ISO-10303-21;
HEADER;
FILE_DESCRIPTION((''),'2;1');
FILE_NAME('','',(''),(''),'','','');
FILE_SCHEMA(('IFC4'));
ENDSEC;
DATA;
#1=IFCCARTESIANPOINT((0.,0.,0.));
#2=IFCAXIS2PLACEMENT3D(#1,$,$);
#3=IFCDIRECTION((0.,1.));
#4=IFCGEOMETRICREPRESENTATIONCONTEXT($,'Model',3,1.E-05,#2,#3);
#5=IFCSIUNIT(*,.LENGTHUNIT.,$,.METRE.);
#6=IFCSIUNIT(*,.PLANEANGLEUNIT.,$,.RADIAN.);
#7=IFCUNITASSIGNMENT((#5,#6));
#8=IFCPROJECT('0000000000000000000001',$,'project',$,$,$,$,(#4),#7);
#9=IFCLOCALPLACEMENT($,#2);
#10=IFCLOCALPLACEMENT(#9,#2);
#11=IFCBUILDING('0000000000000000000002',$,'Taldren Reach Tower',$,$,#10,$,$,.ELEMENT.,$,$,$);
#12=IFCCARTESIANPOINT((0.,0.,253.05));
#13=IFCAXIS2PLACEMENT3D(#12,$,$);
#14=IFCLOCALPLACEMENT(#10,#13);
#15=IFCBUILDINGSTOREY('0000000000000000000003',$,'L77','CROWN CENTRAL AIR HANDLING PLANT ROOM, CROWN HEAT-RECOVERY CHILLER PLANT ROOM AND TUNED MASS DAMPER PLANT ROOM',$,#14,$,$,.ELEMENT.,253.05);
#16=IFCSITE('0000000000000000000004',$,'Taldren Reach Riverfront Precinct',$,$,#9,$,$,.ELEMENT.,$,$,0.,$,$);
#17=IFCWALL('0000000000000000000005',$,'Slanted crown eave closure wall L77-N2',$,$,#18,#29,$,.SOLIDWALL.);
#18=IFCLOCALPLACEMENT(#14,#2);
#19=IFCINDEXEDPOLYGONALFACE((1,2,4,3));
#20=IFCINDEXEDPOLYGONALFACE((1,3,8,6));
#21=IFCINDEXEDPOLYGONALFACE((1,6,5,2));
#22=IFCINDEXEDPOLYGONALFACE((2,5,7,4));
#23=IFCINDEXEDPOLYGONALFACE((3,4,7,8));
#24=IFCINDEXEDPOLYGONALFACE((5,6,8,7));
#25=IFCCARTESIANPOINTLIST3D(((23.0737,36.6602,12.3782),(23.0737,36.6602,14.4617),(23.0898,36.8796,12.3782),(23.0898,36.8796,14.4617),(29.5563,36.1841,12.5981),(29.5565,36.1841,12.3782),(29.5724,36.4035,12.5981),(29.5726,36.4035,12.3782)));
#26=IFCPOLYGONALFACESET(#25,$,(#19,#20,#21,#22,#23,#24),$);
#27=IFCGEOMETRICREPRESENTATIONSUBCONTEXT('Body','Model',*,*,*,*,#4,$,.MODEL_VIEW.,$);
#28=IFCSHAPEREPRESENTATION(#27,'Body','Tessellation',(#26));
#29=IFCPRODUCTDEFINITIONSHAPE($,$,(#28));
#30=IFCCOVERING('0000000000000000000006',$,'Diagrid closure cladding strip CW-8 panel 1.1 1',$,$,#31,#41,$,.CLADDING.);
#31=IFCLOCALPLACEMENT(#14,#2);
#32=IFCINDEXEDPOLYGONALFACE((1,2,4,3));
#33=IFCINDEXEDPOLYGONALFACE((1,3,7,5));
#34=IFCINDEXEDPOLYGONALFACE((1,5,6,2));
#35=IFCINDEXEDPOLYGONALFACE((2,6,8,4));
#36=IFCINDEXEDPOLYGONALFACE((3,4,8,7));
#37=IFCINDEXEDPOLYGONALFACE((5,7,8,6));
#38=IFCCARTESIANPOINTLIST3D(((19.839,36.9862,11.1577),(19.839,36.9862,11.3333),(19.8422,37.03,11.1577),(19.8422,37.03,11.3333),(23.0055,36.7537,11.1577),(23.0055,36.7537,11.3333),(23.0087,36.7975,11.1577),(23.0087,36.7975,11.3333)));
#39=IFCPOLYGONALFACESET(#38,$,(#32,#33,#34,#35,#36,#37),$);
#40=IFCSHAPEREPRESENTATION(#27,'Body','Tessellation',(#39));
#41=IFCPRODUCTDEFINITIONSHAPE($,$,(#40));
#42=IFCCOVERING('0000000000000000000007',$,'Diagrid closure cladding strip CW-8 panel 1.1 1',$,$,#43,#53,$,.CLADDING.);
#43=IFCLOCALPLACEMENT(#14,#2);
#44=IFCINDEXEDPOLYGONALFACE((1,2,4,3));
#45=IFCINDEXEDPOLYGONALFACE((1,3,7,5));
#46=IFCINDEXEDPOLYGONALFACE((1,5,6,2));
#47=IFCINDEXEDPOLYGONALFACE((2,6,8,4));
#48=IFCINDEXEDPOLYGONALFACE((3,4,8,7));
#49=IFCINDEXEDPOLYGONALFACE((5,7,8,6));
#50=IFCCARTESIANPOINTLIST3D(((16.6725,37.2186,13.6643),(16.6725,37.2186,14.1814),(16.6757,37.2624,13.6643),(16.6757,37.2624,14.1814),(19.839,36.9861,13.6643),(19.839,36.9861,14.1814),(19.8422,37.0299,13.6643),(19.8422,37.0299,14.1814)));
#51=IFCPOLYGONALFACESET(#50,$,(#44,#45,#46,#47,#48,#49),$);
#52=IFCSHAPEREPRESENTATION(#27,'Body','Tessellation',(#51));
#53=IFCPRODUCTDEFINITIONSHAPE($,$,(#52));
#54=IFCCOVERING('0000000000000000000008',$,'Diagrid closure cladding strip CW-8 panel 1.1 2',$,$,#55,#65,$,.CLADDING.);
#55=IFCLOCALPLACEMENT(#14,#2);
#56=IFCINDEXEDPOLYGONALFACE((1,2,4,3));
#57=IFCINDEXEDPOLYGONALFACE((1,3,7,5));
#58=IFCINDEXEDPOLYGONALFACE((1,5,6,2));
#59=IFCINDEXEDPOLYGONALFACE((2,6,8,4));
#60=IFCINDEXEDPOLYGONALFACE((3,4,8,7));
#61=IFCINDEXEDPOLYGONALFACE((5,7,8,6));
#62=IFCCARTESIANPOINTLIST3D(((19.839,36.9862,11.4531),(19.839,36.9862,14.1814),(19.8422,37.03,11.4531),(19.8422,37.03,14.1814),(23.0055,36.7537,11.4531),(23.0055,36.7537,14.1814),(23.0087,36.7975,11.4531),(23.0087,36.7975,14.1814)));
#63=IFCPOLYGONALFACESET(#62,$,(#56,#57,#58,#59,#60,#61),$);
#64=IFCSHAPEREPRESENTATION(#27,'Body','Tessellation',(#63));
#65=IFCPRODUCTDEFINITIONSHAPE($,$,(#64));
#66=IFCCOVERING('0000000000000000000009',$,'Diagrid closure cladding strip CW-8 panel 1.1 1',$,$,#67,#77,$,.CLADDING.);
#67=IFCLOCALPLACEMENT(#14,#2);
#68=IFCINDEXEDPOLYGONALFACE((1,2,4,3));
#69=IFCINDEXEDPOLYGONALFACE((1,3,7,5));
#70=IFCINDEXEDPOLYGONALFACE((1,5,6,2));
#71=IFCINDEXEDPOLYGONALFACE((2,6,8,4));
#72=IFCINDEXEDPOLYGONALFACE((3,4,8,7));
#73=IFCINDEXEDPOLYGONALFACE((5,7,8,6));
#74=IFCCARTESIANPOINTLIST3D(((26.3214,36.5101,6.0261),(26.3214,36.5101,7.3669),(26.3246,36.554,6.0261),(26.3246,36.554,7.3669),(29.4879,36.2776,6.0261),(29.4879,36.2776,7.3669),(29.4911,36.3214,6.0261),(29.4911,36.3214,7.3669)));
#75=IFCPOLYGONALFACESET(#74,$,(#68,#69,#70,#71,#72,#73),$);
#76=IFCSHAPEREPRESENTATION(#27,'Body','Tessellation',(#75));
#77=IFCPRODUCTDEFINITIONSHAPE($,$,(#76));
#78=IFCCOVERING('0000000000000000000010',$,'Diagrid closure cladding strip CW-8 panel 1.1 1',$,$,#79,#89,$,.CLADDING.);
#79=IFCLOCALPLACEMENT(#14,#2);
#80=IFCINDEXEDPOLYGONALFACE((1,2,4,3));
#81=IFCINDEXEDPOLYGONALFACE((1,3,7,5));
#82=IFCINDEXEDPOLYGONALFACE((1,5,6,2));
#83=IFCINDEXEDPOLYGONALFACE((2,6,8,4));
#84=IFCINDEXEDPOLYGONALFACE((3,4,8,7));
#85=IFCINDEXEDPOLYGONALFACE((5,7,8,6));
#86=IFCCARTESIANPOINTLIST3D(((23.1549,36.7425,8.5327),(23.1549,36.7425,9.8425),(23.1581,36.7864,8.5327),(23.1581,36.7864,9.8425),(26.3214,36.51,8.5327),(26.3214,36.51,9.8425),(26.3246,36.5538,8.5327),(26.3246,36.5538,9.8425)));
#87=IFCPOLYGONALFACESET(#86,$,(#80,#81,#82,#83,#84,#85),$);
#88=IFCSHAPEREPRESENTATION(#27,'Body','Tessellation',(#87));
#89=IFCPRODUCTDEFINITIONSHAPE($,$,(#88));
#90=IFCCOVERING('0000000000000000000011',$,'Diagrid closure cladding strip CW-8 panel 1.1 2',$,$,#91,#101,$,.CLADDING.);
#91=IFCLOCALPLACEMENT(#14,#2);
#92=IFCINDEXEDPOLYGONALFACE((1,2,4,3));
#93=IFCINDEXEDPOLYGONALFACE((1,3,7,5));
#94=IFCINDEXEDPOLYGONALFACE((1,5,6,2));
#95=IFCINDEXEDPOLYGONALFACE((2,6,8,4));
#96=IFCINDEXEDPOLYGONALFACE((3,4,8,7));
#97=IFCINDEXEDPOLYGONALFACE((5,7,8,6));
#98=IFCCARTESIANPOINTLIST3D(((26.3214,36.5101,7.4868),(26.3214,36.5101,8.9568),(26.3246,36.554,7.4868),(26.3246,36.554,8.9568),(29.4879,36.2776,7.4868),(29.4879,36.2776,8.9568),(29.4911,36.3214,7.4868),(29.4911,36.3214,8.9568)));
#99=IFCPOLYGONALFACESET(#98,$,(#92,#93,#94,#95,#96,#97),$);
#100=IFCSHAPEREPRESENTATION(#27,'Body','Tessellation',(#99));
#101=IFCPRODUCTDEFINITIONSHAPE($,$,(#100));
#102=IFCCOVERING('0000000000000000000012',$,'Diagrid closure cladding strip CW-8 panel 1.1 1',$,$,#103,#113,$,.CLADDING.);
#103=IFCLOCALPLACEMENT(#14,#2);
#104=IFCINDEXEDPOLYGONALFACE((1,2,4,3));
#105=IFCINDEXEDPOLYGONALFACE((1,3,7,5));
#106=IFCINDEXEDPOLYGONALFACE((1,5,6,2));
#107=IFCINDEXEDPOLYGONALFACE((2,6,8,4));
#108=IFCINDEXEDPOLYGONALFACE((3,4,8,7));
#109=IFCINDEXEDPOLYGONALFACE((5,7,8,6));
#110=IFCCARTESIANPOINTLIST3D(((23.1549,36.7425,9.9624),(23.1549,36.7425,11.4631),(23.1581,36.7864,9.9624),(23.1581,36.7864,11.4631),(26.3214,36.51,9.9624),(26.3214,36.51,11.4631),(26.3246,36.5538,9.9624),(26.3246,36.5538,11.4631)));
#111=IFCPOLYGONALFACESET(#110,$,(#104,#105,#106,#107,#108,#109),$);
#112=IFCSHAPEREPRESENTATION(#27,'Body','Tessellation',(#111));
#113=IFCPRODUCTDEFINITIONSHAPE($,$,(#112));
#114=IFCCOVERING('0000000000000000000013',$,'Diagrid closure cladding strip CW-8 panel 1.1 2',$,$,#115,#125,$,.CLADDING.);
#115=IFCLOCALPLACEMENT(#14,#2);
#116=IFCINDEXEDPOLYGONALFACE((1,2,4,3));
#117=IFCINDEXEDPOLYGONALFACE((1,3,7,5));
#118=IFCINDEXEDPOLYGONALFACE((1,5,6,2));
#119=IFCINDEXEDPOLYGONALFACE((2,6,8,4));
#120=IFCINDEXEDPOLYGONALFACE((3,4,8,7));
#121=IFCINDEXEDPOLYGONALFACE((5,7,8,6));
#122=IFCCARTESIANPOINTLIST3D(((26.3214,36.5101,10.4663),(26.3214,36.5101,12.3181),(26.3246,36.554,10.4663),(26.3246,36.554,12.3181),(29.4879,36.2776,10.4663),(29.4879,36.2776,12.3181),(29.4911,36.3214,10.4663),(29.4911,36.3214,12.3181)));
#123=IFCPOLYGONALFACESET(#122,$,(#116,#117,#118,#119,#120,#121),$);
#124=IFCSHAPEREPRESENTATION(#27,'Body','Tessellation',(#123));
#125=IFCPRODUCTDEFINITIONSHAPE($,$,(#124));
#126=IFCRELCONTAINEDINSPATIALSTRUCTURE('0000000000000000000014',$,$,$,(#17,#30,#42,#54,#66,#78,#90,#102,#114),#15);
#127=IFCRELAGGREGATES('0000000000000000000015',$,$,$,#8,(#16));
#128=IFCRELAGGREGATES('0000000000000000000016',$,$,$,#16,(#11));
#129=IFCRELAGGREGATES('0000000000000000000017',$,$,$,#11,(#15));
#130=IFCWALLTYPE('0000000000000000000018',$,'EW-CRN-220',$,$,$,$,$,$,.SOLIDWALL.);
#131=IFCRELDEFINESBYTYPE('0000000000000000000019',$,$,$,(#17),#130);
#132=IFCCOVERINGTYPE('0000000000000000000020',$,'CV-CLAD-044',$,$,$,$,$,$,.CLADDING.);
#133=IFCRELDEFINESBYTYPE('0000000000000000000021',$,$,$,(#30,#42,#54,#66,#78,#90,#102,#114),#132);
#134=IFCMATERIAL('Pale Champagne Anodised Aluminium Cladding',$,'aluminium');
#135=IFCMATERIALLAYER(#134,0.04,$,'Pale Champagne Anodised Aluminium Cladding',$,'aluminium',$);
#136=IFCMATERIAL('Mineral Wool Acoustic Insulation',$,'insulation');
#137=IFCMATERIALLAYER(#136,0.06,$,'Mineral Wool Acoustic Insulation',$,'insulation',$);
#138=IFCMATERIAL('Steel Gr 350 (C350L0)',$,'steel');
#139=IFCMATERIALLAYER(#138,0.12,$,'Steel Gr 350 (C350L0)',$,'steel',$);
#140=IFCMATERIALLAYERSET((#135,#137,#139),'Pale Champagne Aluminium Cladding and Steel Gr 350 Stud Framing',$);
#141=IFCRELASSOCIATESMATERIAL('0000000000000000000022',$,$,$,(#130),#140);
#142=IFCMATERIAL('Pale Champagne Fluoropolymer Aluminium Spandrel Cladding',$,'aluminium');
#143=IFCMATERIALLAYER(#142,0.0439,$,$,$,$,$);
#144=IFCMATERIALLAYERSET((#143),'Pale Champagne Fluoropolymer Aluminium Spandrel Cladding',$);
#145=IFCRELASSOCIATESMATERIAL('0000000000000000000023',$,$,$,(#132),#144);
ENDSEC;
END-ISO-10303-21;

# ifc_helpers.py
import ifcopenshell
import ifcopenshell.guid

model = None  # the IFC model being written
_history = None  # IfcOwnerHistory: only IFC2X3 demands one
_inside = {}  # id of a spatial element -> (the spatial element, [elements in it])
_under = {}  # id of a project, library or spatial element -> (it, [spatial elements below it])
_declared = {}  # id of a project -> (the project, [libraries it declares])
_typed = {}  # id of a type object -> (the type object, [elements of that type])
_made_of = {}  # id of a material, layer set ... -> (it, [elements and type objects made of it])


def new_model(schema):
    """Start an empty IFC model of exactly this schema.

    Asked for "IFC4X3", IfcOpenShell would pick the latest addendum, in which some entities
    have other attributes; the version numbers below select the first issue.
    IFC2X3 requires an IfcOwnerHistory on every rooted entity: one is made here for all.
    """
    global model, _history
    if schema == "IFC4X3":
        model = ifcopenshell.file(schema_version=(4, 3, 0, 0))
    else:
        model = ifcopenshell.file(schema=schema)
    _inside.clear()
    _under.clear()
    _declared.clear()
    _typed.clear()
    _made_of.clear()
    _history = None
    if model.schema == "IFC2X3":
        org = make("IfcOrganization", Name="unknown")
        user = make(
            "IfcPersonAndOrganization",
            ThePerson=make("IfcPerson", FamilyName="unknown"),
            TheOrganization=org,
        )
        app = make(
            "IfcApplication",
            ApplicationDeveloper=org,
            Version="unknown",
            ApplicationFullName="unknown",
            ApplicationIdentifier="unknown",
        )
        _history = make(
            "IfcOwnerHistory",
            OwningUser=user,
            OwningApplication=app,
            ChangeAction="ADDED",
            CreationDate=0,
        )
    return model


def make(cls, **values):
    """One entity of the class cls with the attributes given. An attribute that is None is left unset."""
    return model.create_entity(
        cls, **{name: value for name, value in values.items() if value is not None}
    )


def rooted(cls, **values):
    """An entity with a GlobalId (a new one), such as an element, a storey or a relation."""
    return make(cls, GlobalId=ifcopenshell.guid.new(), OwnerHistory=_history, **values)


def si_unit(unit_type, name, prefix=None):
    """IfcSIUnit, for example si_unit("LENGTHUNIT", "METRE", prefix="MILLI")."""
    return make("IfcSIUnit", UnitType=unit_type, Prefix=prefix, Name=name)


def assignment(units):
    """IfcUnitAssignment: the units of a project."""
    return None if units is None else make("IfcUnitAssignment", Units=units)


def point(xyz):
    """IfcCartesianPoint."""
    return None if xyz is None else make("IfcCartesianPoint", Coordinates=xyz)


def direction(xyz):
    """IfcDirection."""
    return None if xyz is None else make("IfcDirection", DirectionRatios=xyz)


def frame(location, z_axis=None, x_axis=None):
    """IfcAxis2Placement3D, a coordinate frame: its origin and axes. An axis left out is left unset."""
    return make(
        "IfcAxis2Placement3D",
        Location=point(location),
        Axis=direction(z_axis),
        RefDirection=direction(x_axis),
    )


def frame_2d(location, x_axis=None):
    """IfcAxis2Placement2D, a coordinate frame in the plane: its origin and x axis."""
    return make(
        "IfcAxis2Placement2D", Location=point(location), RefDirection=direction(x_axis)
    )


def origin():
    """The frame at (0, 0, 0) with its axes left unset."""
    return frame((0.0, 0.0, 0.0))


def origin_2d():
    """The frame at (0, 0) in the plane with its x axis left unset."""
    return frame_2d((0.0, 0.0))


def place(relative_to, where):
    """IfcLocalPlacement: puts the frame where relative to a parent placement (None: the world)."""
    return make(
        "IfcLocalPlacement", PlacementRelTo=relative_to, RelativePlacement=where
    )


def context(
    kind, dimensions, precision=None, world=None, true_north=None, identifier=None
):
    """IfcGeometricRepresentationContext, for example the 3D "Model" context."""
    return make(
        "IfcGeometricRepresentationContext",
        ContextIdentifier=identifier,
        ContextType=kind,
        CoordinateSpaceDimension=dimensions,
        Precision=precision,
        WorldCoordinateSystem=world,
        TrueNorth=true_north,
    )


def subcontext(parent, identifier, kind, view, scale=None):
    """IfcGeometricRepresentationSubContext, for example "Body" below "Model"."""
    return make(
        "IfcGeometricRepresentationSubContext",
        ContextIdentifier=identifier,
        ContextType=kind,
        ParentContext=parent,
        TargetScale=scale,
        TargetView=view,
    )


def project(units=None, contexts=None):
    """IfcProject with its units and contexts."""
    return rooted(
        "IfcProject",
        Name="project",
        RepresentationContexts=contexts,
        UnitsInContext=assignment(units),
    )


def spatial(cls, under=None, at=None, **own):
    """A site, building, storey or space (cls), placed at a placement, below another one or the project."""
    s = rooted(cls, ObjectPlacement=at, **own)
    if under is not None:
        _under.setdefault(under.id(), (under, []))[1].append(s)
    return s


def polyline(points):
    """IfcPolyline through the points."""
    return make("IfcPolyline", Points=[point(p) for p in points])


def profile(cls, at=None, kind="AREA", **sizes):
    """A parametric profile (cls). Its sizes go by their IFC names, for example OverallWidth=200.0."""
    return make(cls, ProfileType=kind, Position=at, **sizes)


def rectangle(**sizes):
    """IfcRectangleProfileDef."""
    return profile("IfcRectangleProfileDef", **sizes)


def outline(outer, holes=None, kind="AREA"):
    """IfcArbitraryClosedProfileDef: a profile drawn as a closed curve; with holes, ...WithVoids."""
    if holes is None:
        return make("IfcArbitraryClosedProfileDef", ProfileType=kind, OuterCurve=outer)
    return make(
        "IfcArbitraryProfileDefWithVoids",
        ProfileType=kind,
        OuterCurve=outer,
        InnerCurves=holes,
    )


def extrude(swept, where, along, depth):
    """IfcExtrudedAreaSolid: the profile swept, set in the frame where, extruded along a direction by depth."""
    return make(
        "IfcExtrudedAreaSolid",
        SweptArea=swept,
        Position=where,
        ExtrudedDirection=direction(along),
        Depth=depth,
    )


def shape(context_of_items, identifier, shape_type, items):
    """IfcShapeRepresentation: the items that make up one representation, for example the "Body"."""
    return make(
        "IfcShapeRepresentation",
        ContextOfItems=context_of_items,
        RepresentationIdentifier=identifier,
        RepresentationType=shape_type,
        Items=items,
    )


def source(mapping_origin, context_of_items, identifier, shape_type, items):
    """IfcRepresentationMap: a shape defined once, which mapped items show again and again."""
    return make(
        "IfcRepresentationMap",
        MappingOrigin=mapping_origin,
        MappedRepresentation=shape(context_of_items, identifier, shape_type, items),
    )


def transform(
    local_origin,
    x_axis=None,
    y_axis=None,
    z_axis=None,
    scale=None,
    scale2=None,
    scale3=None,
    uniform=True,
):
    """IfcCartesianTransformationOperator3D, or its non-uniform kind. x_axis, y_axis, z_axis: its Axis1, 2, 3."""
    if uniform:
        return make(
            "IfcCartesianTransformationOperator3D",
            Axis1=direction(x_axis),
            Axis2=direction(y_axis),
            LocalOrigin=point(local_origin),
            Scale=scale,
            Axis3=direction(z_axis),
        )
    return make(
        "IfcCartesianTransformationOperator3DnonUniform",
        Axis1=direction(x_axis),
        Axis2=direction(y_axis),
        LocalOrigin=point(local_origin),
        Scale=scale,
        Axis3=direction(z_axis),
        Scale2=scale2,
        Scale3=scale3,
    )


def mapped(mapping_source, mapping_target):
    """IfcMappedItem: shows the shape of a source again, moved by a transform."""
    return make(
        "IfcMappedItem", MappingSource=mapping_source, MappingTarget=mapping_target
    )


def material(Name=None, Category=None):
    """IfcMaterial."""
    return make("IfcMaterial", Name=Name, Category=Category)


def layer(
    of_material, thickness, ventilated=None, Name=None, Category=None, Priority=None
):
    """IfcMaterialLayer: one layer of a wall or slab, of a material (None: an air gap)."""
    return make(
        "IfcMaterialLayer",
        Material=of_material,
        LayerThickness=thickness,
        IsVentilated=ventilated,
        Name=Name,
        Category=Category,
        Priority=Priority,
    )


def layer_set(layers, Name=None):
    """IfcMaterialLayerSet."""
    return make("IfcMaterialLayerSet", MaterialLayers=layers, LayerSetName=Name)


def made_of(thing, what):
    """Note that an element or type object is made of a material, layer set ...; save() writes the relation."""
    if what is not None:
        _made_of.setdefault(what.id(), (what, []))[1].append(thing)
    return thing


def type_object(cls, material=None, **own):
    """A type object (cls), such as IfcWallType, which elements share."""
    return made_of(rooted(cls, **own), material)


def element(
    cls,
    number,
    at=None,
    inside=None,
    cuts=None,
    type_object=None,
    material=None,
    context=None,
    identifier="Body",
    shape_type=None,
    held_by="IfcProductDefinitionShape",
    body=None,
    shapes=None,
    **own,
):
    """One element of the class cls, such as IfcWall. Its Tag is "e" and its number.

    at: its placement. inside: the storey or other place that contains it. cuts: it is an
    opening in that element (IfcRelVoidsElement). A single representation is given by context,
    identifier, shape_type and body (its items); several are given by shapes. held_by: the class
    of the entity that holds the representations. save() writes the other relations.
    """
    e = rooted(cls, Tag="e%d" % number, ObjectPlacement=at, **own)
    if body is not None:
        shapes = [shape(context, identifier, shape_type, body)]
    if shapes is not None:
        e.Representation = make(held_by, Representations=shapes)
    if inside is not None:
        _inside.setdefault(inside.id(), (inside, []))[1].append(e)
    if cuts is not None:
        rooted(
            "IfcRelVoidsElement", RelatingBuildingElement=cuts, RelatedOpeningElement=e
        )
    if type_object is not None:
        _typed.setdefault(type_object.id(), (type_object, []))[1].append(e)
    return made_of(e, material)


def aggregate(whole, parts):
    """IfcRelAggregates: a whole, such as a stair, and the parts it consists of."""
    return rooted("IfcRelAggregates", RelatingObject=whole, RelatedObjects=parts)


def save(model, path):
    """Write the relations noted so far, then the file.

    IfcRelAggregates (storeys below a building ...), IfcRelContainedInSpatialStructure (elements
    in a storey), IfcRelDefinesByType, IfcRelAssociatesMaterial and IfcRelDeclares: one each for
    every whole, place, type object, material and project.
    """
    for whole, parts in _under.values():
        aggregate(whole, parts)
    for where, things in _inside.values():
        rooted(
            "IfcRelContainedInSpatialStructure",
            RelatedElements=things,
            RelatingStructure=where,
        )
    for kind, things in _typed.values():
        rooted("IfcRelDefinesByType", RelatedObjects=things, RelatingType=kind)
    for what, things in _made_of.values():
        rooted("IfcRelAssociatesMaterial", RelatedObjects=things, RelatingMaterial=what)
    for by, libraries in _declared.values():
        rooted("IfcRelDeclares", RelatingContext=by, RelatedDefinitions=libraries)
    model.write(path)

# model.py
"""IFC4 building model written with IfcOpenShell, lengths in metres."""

from ifc_helpers import new_model, si_unit, direction, frame, origin, origin_2d, place, context, subcontext, project, spatial, polyline, rectangle, outline, extrude, source, transform, mapped, material, layer, layer_set, type_object, element, save


model = new_model("IFC4")

# Units and contexts
model_context = context("Model", 3, precision=1e-05, world=origin(), true_north=direction((0.0, 1.0)))
body_context = subcontext(model_context, "Body", "Model", "MODEL_VIEW")
ifc_project = project(units=[si_unit("LENGTHUNIT", "METRE"), si_unit("PLANEANGLEUNIT", "RADIAN")], contexts=[model_context])

# Site, building, storey
site_placement = place(None, origin())
site = spatial("IfcSite", under=ifc_project, at=site_placement, Name="Taldren Reach Riverfront Precinct", CompositionType="ELEMENT", RefElevation=0.0)
building_placement = place(site_placement, origin())
building = spatial("IfcBuilding", under=site, at=building_placement, Name="Taldren Reach Tower", CompositionType="ELEMENT")
storey_placement = place(building_placement, frame((0.0, 0.0, 253.05)))
storey = spatial("IfcBuildingStorey", under=building, at=storey_placement, Name="L77", Description="CROWN CENTRAL AIR HANDLING PLANT ROOM, CROWN HEAT-RECOVERY CHILLER PLANT ROOM AND TUNED MASS DAMPER PLANT ROOM", CompositionType="ELEMENT", Elevation=253.05)

# Wall
ifc_material_1 = material(Name="Pale Champagne Anodised Aluminium Cladding", Category="aluminium")
ifc_layer_1 = layer(ifc_material_1, 0.04, Name="Pale Champagne Anodised Aluminium Cladding", Category="aluminium")
ifc_material_2 = material(Name="Mineral Wool Acoustic Insulation", Category="insulation")
ifc_layer_2 = layer(ifc_material_2, 0.06, Name="Mineral Wool Acoustic Insulation", Category="insulation")
ifc_material_3 = material(Name="Steel Gr 350 (C350L0)", Category="steel")
ifc_layer_3 = layer(ifc_material_3, 0.12, Name="Steel Gr 350 (C350L0)", Category="steel")
ifc_layer_set_1 = layer_set([ifc_layer_1, ifc_layer_2, ifc_layer_3], Name="Pale Champagne Aluminium Cladding and Steel Gr 350 Stud Framing")
wall_type = type_object("IfcWallType", Name="EW-CRN-220", PredefinedType="SOLIDWALL", material=ifc_layer_set_1)
wall_placement = place(storey_placement, frame((23.0818, 36.77, 12.3782), z_axis=(0.0, 0.0, 1.0), x_axis=(0.997314, -0.073241, 0.0)))
element("IfcWall", 1, at=wall_placement, inside=storey, type_object=wall_type, Name="Slanted crown eave closure wall L77-N2", PredefinedType="SOLIDWALL", context=body_context, shape_type="SweptSolid", body=[
    extrude(outline(polyline([(0.0, 0.0), (6.5002, 0.0), (6.5, 0.22), (0.0, 2.0835), (0.0, 0.0)])), frame((0.0, 0.1099, 0.0), z_axis=(0.0, -1.0, 0.0), x_axis=(1.0, 0.0, 0.0)), (0.0, 0.0, 1.0), 0.22),
])

# Coverings
ifc_material_4 = material(Name="Pale Champagne Fluoropolymer Aluminium Spandrel Cladding", Category="aluminium")
ifc_layer_4 = layer(ifc_material_4, 0.0439)
ifc_layer_set_2 = layer_set([ifc_layer_4], Name="Pale Champagne Fluoropolymer Aluminium Spandrel Cladding")
covering_type = type_object("IfcCoveringType", Name="CV-CLAD-044", PredefinedType="CLADDING", material=ifc_layer_set_2)
shared_shape_1 = source(origin(), body_context, "Body", "SweptSolid", [
    extrude(rectangle(XDim=3.175, YDim=0.0439, at=origin_2d()), origin(), (0.0, 0.0, 1.0), 0.1755),
])
covering_1_placement = place(storey_placement, frame((21.4238, 36.8918, 11.1577), z_axis=(0.0, 0.0, 1.0), x_axis=(0.997314, -0.073239, 0.0)))
element("IfcCovering", 2, at=covering_1_placement, inside=storey, type_object=covering_type, Name="Diagrid closure cladding strip CW-8 panel 1.1 1", PredefinedType="CLADDING", context=body_context, shape_type="MappedRepresentation", body=[
    mapped(shared_shape_1, transform((0.0, 0.0, 0.0), scale=1.0)),
])
shared_shape_2 = source(origin(), body_context, "Body", "SweptSolid", [
    extrude(rectangle(XDim=3.175, YDim=0.0439, at=origin_2d()), origin(), (0.0, 0.0, 1.0), 0.5171),
])
covering_2_placement = place(storey_placement, frame((18.2573, 37.1243, 13.6643), z_axis=(0.0, 0.0, 1.0), x_axis=(0.997314, -0.073239, 0.0)))
element("IfcCovering", 3, at=covering_2_placement, inside=storey, type_object=covering_type, Name="Diagrid closure cladding strip CW-8 panel 1.1 1", PredefinedType="CLADDING", context=body_context, shape_type="MappedRepresentation", body=[
    mapped(shared_shape_2, transform((0.0, 0.0, 0.0), scale=1.0)),
])
shared_shape_3 = source(origin(), body_context, "Body", "SweptSolid", [
    extrude(rectangle(XDim=3.175, YDim=0.0439, at=origin_2d()), origin(), (0.0, 0.0, 1.0), 2.7283),
])
covering_3_placement = place(storey_placement, frame((21.4238, 36.8918, 11.4531), z_axis=(0.0, 0.0, 1.0), x_axis=(0.997314, -0.073239, 0.0)))
element("IfcCovering", 4, at=covering_3_placement, inside=storey, type_object=covering_type, Name="Diagrid closure cladding strip CW-8 panel 1.1 2", PredefinedType="CLADDING", context=body_context, shape_type="MappedRepresentation", body=[
    mapped(shared_shape_3, transform((0.0, 0.0, 0.0), scale=1.0)),
])
shared_shape_4 = source(origin(), body_context, "Body", "SweptSolid", [
    extrude(rectangle(XDim=3.175, YDim=0.0439, at=origin_2d()), origin(), (0.0, 0.0, 1.0), 1.3408),
])
covering_4_placement = place(storey_placement, frame((27.9062, 36.4158, 6.0261), z_axis=(0.0, 0.0, 1.0), x_axis=(0.997314, -0.073238, 0.0)))
element("IfcCovering", 5, at=covering_4_placement, inside=storey, type_object=covering_type, Name="Diagrid closure cladding strip CW-8 panel 1.1 1", PredefinedType="CLADDING", context=body_context, shape_type="MappedRepresentation", body=[
    mapped(shared_shape_4, transform((0.0, 0.0, 0.0), scale=1.0)),
])
shared_shape_5 = source(origin(), body_context, "Body", "SweptSolid", [
    extrude(rectangle(XDim=3.175, YDim=0.0439, at=origin_2d()), origin(), (0.0, 0.0, 1.0), 1.3098),
])
covering_5_placement = place(storey_placement, frame((24.7397, 36.6482, 8.5327), z_axis=(0.0, 0.0, 1.0), x_axis=(0.997314, -0.073238, 0.0)))
element("IfcCovering", 6, at=covering_5_placement, inside=storey, type_object=covering_type, Name="Diagrid closure cladding strip CW-8 panel 1.1 1", PredefinedType="CLADDING", context=body_context, shape_type="MappedRepresentation", body=[
    mapped(shared_shape_5, transform((0.0, 0.0, 0.0), scale=1.0)),
])
shared_shape_6 = source(origin(), body_context, "Body", "SweptSolid", [
    extrude(rectangle(XDim=3.175, YDim=0.0439, at=origin_2d()), origin(), (0.0, 0.0, 1.0), 1.47),
])
covering_6_placement = place(storey_placement, frame((27.9062, 36.4158, 7.4868), z_axis=(0.0, 0.0, 1.0), x_axis=(0.997314, -0.073238, 0.0)))
element("IfcCovering", 7, at=covering_6_placement, inside=storey, type_object=covering_type, Name="Diagrid closure cladding strip CW-8 panel 1.1 2", PredefinedType="CLADDING", context=body_context, shape_type="MappedRepresentation", body=[
    mapped(shared_shape_6, transform((0.0, 0.0, 0.0), scale=1.0)),
])
shared_shape_7 = source(origin(), body_context, "Body", "SweptSolid", [
    extrude(rectangle(XDim=3.175, YDim=0.0439, at=origin_2d()), origin(), (0.0, 0.0, 1.0), 1.5007),
])
covering_7_placement = place(storey_placement, frame((24.7397, 36.6482, 9.9624), z_axis=(0.0, 0.0, 1.0), x_axis=(0.997314, -0.073238, 0.0)))
element("IfcCovering", 8, at=covering_7_placement, inside=storey, type_object=covering_type, Name="Diagrid closure cladding strip CW-8 panel 1.1 1", PredefinedType="CLADDING", context=body_context, shape_type="MappedRepresentation", body=[
    mapped(shared_shape_7, transform((0.0, 0.0, 0.0), scale=1.0)),
])
shared_shape_8 = source(origin(), body_context, "Body", "SweptSolid", [
    extrude(rectangle(XDim=3.175, YDim=0.0439, at=origin_2d()), origin(), (0.0, 0.0, 1.0), 1.8518),
])
covering_8_placement = place(storey_placement, frame((27.9062, 36.4158, 10.4663), z_axis=(0.0, 0.0, 1.0), x_axis=(0.997314, -0.073238, 0.0)))
element("IfcCovering", 9, at=covering_8_placement, inside=storey, type_object=covering_type, Name="Diagrid closure cladding strip CW-8 panel 1.1 2", PredefinedType="CLADDING", context=body_context, shape_type="MappedRepresentation", body=[
    mapped(shared_shape_8, transform((0.0, 0.0, 0.0), scale=1.0)),
])

save(model, "model.ifc")
